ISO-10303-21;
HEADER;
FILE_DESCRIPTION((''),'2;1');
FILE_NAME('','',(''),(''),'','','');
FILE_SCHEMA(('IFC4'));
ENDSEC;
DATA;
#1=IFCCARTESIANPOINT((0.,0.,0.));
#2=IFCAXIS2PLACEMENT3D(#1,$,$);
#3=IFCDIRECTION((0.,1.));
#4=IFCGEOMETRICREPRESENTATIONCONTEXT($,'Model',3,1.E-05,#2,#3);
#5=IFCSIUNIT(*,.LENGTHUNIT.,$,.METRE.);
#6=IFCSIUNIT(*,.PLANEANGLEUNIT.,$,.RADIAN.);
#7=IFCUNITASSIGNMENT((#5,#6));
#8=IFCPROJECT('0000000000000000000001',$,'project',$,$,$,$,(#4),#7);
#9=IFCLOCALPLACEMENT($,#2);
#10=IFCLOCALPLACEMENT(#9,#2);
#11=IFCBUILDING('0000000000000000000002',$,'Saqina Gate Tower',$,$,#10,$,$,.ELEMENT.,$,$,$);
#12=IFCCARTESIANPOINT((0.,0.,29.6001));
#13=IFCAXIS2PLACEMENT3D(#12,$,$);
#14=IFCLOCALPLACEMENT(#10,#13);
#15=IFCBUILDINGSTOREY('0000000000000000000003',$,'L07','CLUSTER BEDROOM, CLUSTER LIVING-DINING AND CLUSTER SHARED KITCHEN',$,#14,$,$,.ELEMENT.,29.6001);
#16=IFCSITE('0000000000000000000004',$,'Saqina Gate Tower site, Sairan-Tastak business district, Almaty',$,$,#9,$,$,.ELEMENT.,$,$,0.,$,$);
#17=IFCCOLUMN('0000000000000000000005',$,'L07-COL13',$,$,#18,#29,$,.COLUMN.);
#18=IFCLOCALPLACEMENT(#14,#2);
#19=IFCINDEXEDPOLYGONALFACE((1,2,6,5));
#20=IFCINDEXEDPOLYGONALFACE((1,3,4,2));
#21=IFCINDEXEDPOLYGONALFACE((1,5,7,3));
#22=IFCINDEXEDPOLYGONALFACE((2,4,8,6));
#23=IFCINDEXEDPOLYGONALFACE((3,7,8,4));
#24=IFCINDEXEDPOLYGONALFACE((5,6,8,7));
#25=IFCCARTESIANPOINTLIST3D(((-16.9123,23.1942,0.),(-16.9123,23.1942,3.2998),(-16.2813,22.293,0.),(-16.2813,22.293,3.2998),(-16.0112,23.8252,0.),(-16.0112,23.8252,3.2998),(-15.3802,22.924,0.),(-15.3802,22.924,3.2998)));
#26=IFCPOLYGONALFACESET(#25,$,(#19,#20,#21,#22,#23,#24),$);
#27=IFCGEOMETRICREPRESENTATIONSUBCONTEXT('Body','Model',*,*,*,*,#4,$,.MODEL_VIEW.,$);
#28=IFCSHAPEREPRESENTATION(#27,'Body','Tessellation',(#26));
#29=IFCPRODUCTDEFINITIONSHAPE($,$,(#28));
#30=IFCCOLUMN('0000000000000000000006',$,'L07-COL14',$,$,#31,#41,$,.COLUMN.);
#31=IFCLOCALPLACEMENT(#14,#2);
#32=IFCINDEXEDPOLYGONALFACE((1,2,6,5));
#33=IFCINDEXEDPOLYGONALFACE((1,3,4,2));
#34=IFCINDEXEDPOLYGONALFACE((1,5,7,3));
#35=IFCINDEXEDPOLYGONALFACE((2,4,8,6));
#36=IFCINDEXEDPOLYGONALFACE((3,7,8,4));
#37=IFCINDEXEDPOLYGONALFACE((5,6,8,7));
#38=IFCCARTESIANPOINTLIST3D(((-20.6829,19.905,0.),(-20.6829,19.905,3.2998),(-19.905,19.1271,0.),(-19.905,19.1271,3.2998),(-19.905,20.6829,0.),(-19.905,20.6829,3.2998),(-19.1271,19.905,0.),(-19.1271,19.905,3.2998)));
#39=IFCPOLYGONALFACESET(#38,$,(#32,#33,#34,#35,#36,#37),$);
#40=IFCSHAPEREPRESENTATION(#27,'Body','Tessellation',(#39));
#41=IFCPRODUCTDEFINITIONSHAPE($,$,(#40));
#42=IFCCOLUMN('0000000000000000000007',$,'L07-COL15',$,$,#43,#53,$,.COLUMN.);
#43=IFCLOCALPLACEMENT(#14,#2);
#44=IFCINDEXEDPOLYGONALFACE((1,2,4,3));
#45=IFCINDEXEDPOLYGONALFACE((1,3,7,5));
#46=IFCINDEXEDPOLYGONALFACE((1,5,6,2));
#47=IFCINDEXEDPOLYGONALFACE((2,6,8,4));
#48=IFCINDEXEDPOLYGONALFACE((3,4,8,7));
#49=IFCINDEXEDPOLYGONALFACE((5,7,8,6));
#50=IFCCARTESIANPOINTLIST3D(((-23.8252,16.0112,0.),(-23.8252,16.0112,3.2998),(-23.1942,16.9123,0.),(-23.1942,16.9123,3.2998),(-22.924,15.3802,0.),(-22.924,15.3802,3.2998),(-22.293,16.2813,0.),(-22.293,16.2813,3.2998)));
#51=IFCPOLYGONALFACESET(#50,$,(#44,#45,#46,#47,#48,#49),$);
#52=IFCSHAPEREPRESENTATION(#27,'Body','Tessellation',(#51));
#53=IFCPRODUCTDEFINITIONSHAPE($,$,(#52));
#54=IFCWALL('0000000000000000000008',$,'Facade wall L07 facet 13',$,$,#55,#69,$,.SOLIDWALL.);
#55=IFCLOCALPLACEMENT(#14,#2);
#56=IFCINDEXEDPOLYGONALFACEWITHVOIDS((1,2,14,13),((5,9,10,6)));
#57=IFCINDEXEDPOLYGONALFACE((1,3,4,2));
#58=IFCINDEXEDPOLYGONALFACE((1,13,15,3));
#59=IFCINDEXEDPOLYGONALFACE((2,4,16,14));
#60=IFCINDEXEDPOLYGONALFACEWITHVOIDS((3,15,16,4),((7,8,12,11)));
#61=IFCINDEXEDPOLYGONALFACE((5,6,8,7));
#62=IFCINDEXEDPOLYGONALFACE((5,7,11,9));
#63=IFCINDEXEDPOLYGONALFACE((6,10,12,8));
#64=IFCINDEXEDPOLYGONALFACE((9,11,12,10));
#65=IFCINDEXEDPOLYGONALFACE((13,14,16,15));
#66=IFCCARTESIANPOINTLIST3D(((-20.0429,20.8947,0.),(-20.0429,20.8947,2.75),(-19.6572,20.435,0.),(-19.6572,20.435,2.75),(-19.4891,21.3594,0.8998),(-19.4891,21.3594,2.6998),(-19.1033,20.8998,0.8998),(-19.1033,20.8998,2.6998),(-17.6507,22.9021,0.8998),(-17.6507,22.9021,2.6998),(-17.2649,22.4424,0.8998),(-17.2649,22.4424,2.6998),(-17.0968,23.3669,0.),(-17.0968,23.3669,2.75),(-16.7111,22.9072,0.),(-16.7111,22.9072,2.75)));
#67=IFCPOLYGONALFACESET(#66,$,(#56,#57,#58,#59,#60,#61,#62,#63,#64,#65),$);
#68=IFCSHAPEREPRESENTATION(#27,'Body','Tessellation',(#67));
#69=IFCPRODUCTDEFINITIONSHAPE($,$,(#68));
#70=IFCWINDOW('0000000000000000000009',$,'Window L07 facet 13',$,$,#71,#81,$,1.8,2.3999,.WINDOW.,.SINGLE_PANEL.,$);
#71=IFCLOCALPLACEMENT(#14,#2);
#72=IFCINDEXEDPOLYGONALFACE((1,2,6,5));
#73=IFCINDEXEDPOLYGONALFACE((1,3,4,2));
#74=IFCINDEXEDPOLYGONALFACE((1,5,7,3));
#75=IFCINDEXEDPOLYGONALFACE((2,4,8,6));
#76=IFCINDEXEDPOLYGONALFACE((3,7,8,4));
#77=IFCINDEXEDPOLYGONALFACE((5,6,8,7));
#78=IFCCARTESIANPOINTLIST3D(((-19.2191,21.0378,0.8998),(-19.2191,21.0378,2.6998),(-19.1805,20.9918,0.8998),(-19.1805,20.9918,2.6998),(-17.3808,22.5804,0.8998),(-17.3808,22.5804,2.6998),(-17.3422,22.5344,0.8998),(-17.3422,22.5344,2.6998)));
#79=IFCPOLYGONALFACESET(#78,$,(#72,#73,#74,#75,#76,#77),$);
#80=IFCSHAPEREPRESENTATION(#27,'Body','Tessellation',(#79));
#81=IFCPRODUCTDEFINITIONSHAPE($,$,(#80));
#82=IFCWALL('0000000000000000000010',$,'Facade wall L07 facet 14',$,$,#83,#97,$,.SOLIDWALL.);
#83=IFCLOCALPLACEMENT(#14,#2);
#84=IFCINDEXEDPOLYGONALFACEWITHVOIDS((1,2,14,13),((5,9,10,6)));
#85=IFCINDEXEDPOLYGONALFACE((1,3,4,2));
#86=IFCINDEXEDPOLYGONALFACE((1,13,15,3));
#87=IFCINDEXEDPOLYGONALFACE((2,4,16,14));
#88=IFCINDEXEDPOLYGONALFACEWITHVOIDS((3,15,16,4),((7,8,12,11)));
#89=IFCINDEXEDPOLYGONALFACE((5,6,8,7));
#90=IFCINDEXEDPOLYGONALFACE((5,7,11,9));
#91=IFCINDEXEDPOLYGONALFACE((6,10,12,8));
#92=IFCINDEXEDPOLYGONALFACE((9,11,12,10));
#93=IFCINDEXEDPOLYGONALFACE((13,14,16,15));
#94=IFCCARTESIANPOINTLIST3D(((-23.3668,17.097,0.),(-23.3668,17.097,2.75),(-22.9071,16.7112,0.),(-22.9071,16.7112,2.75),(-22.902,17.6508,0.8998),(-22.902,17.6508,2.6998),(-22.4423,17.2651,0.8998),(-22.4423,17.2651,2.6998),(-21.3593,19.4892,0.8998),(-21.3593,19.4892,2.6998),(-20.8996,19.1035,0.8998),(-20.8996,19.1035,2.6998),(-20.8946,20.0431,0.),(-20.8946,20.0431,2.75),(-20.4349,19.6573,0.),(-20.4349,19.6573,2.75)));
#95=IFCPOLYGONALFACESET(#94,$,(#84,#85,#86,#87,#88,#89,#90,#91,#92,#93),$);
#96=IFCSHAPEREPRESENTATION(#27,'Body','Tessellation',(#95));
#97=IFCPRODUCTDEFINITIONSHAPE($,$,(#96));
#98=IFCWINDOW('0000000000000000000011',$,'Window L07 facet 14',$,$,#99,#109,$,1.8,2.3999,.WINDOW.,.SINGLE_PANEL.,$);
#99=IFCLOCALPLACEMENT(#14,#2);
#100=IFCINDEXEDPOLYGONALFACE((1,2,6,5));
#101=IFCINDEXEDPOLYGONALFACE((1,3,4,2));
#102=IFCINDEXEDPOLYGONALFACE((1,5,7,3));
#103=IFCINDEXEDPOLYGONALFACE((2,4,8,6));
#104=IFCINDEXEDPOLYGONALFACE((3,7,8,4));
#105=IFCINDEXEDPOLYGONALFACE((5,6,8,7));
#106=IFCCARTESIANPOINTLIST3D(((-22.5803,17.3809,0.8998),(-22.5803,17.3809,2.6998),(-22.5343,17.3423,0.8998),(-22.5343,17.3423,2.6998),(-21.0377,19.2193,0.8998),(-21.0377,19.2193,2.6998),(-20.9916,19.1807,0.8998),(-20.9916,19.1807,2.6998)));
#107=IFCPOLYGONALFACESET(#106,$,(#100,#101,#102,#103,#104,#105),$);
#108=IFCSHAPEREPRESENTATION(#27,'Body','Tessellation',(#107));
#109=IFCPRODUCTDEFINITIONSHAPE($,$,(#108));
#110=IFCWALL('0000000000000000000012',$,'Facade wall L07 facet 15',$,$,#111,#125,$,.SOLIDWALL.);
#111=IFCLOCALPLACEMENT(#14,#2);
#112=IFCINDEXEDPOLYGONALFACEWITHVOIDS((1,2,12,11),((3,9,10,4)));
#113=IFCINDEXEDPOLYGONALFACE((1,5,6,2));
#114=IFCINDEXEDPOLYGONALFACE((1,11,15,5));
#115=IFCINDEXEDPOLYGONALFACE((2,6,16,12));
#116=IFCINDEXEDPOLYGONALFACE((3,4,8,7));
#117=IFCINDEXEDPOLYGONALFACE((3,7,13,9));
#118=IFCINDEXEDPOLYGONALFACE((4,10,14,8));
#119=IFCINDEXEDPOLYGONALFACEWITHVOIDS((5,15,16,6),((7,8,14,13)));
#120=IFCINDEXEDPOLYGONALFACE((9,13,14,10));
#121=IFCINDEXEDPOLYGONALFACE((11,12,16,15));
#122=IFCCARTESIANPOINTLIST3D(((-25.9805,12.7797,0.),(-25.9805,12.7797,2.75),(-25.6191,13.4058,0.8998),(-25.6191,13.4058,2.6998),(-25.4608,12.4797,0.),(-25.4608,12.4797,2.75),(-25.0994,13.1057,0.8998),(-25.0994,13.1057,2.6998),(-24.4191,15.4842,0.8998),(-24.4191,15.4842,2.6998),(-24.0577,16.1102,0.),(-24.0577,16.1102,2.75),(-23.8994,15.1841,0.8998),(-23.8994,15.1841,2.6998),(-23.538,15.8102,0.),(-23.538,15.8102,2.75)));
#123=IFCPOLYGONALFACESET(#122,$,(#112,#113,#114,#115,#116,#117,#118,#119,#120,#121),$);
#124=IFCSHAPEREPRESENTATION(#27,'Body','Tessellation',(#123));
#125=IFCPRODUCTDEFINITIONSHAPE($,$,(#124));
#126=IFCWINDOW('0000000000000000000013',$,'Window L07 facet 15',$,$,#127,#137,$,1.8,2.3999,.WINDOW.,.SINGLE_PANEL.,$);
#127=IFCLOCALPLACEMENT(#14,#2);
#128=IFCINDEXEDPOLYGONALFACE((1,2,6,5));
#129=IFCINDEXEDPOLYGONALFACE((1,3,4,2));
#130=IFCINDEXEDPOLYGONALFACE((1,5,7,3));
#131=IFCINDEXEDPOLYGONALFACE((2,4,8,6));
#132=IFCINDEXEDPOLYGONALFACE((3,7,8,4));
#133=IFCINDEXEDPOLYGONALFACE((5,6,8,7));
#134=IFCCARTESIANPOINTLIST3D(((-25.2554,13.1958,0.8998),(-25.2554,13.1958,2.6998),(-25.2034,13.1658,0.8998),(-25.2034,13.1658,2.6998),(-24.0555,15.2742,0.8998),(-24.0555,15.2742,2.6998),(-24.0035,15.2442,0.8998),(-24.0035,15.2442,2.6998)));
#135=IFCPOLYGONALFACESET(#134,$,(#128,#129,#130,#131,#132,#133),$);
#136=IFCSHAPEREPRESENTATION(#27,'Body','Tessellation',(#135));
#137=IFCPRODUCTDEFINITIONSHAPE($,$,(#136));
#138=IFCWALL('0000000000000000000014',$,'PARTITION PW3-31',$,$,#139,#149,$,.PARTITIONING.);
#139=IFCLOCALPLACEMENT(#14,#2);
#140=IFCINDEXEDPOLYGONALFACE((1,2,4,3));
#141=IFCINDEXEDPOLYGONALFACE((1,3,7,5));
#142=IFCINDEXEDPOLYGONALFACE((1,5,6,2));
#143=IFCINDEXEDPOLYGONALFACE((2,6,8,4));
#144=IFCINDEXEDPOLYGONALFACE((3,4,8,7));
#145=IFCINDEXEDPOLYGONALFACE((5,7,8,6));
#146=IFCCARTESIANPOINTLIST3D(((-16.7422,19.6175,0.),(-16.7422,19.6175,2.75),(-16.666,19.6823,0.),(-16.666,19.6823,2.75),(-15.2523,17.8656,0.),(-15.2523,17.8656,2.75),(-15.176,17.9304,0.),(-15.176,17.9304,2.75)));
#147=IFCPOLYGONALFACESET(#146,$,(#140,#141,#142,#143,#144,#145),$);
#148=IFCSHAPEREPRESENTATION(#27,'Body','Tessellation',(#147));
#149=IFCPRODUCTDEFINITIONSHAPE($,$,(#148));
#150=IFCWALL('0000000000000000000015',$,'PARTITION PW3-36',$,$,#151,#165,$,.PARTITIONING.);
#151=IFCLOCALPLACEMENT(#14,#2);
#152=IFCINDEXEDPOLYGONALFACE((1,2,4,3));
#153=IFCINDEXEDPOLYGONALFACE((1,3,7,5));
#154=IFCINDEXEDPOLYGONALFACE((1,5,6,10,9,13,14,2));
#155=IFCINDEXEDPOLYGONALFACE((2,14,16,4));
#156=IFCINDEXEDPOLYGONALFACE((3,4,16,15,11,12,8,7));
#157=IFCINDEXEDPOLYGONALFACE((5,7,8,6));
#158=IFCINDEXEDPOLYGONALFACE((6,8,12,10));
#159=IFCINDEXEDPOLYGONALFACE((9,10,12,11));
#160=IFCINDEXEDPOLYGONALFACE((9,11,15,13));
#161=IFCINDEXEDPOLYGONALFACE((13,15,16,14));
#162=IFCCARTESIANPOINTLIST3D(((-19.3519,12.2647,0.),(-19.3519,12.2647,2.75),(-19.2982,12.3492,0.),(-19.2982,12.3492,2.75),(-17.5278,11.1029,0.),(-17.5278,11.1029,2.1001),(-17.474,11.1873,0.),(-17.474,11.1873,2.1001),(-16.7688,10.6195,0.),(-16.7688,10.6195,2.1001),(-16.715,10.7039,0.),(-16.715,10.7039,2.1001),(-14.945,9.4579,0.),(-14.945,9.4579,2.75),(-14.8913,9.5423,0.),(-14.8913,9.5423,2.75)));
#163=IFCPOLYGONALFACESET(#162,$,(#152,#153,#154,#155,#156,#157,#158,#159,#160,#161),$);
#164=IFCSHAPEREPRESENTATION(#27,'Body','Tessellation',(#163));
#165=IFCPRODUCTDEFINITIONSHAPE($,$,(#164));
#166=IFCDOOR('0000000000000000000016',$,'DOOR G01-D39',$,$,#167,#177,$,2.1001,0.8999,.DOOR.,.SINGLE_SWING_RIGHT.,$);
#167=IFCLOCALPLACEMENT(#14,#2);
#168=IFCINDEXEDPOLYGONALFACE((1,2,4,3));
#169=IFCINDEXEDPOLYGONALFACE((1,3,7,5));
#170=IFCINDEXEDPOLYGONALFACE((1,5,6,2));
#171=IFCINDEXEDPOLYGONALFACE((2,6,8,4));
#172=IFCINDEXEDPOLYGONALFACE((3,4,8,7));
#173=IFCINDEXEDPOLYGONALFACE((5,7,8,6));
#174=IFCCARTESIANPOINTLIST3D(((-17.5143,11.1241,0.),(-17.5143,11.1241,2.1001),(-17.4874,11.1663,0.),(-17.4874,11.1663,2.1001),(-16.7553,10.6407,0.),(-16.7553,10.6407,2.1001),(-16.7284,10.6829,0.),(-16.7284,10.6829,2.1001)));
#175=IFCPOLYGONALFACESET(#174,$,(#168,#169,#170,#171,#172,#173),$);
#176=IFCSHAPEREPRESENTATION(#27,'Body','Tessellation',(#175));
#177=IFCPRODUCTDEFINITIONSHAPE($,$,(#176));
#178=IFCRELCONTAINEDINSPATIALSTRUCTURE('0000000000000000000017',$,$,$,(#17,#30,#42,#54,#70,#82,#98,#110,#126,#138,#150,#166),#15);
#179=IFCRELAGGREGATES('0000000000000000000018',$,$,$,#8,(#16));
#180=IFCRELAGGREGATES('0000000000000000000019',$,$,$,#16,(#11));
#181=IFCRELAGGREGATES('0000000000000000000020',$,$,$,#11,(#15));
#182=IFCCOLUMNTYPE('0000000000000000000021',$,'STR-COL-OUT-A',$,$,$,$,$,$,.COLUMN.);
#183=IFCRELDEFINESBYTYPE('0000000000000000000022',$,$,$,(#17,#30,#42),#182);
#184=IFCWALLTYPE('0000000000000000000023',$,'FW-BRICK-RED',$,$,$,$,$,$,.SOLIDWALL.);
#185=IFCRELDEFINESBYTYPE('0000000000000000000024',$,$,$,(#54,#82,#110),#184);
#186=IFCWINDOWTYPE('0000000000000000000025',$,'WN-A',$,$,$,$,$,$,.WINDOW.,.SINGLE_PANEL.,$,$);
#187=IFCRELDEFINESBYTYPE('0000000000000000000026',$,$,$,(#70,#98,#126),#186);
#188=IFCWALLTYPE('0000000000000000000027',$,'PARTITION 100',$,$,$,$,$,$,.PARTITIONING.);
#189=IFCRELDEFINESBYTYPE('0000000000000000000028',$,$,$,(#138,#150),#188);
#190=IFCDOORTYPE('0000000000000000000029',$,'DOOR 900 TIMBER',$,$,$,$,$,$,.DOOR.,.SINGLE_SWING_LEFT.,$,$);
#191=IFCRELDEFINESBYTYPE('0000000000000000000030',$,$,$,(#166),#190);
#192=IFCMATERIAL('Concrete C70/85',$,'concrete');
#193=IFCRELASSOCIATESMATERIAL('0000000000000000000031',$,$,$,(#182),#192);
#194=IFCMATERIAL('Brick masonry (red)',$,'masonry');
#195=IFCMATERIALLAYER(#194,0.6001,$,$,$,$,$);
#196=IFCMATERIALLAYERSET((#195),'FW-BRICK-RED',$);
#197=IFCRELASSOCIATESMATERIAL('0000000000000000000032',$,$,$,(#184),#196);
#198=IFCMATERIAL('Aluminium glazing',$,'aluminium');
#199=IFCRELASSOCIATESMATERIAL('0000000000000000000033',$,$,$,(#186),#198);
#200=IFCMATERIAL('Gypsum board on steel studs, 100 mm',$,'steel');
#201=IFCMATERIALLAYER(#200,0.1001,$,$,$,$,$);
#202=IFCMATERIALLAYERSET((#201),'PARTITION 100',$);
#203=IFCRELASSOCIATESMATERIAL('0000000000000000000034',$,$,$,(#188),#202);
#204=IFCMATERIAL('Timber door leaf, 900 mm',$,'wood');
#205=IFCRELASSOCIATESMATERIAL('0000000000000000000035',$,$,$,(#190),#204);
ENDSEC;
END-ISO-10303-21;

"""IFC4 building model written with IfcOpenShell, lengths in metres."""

from ifc_helpers import new_model, si_unit, direction, frame, frame_2d, origin, origin_2d, place, context, subcontext, project, spatial, rectangle, extrude, material, layer, layer_set, material_profile, profile_set, type_object, element, fill, save


model = new_model("IFC4")

# Units and contexts
model_context = context("Model", 3, precision=1e-05, world=origin(), true_north=direction((0.0, 1.0)))
body_context = subcontext(model_context, "Body", "Model", "MODEL_VIEW")
ifc_project = project(units=[si_unit("LENGTHUNIT", "METRE"), si_unit("PLANEANGLEUNIT", "RADIAN")], contexts=[model_context])

# Site, building, storey
site_placement = place(None, origin())
site = spatial("IfcSite", under=ifc_project, at=site_placement, Name="Saqina Gate Tower site, Sairan-Tastak business district, Almaty", CompositionType="ELEMENT", RefElevation=0.0)
building_placement = place(site_placement, origin())
building = spatial("IfcBuilding", under=site, at=building_placement, Name="Saqina Gate Tower", CompositionType="ELEMENT")
storey_placement = place(building_placement, frame((0.0, 0.0, 29.6001)))
storey = spatial("IfcBuildingStorey", under=building, at=storey_placement, Name="L07", Description="CLUSTER BEDROOM, CLUSTER LIVING-DINING AND CLUSTER SHARED KITCHEN", CompositionType="ELEMENT", Elevation=29.6001)

# Columns
ifc_material_1 = material(Name="Concrete C70/85", Category="concrete")
ifc_material_profile = material_profile(ifc_material_1, rectangle(XDim=1.1001, YDim=1.1001, at=origin_2d()), Name="RC 1100x1100")
ifc_profile_set = profile_set([ifc_material_profile], Name="Concrete C70/85")
column_type = type_object("IfcColumnType", Name="STR-COL-OUT-A", PredefinedType="COLUMN", material=ifc_profile_set)
for number, where, z_axis, x_axis, name in (
    (1, (-16.1462, 23.0591, 0.0), (0.0, 0.0, 1.0), (-0.573576, 0.819152, 0.0), "L07-COL13"),
    (2, (-19.905, 19.905, 0.0), (0.0, 0.0, 1.0), (-0.707107, 0.707107, 0.0), "L07-COL14"),
    (3, (-23.0591, 16.1462, 0.0), (0.0, 0.0, 1.0), (-0.819152, 0.573576, 0.0), "L07-COL15"),
):
    element("IfcColumn", number, at=place(storey_placement, frame(where, z_axis=z_axis, x_axis=x_axis)), inside=storey, type_object=column_type, Name=name, PredefinedType="COLUMN", context=body_context, shape_type="SweptSolid", body=[
        extrude(rectangle(XDim=1.1001, YDim=1.1001, at=origin_2d()), origin(), (0.0, 0.0, 1.0), 3.2998),
    ])

# Walls, openings, windows
ifc_material_2 = material(Name="Brick masonry (red)", Category="masonry")
ifc_layer_1 = layer(ifc_material_2, 0.6001)
ifc_layer_set_1 = layer_set([ifc_layer_1], Name="FW-BRICK-RED")
wall_type_1 = type_object("IfcWallType", Name="FW-BRICK-RED", PredefinedType="SOLIDWALL", material=ifc_layer_set_1)
wall_1_placement = place(storey_placement, frame((-16.9041, 23.137, 0.0), z_axis=(0.0, 0.0, 1.0), x_axis=(-0.766026, -0.642809, 0.0)))
wall_1 = element("IfcWall", 4, at=wall_1_placement, inside=storey, type_object=wall_type_1, Name="Facade wall L07 facet 13", PredefinedType="SOLIDWALL", context=body_context, shape_type="SweptSolid", body=[
    extrude(rectangle(XDim=3.8459, YDim=0.6001, at=frame_2d((1.9229, 0.0))), origin(), (0.0, 0.0, 1.0), 2.75),
])
opening_1_placement = place(wall_1_placement, frame((0.7229, 0.0, 0.8999)))
opening_1 = element("IfcOpeningElement", 5, at=opening_1_placement, cuts=wall_1, PredefinedType="OPENING", context=body_context, shape_type="SweptSolid", body=[
    extrude(rectangle(XDim=2.3999, YDim=1.8, at=frame_2d((1.2, 0.8999))), frame((0.0, 0.312, 0.0), z_axis=(0.0, -1.0, 0.0), x_axis=(1.0, 0.0, 0.0)), (0.0, 0.0, 1.0), 0.624),
])
ifc_material_3 = material(Name="Aluminium glazing", Category="aluminium")
window_type = type_object("IfcWindowType", Name="WN-A", PartitioningType="SINGLE_PANEL", PredefinedType="WINDOW", material=ifc_material_3)
window_1_placement = place(opening_1_placement, origin())
window_1 = element("IfcWindow", 6, at=window_1_placement, inside=storey, type_object=window_type, Name="Window L07 facet 13", OverallHeight=1.8, OverallWidth=2.3999, PartitioningType="SINGLE_PANEL", PredefinedType="WINDOW", context=body_context, shape_type="SweptSolid", body=[
    extrude(rectangle(XDim=2.3999, YDim=1.8, at=frame_2d((1.2, 0.8999))), frame((0.0, 0.1799, 0.0), z_axis=(0.0, -1.0, 0.0), x_axis=(1.0, 0.0, 0.0)), (0.0, 0.0, 1.0), 0.0601),
])
fill(opening_1, window_1)
wall_2_placement = place(storey_placement, frame((-20.6648, 19.8501, 0.0), z_axis=(0.0, 0.0, 1.0), x_axis=(-0.642809, -0.766026, 0.0)))
wall_2 = element("IfcWall", 7, at=wall_2_placement, inside=storey, type_object=wall_type_1, Name="Facade wall L07 facet 14", PredefinedType="SOLIDWALL", context=body_context, shape_type="SweptSolid", body=[
    extrude(rectangle(XDim=3.8459, YDim=0.6001, at=frame_2d((1.9229, 0.0))), origin(), (0.0, 0.0, 1.0), 2.75),
])
opening_2_placement = place(wall_2_placement, frame((0.7229, 0.0, 0.8999)))
opening_2 = element("IfcOpeningElement", 8, at=opening_2_placement, cuts=wall_2, PredefinedType="OPENING", context=body_context, shape_type="SweptSolid", body=[
    extrude(rectangle(XDim=2.3999, YDim=1.8, at=frame_2d((1.2, 0.8999))), frame((0.0, 0.312, 0.0), z_axis=(0.0, -1.0, 0.0), x_axis=(1.0, 0.0, 0.0)), (0.0, 0.0, 1.0), 0.624),
])
window_2_placement = place(opening_2_placement, origin())
window_2 = element("IfcWindow", 9, at=window_2_placement, inside=storey, type_object=window_type, Name="Window L07 facet 14", OverallHeight=1.8, OverallWidth=2.3999, PartitioningType="SINGLE_PANEL", PredefinedType="WINDOW", context=body_context, shape_type="SweptSolid", body=[
    extrude(rectangle(XDim=2.3999, YDim=1.8, at=frame_2d((1.2, 0.8999))), frame((0.0, 0.1799, 0.0), z_axis=(0.0, -1.0, 0.0), x_axis=(1.0, 0.0, 0.0)), (0.0, 0.0, 1.0), 0.0601),
])
fill(opening_2, window_2)
wall_3_placement = place(storey_placement, frame((-23.7979, 15.9602, 0.0), z_axis=(0.0, 0.0, 1.0), x_axis=(-0.49999, -0.866031, 0.0)))
wall_3 = element("IfcWall", 10, at=wall_3_placement, inside=storey, type_object=wall_type_1, Name="Facade wall L07 facet 15", PredefinedType="SOLIDWALL", context=body_context, shape_type="SweptSolid", body=[
    extrude(rectangle(XDim=3.8457, YDim=0.6001, at=frame_2d((1.9229, 0.0))), origin(), (0.0, 0.0, 1.0), 2.75),
])
opening_3_placement = place(wall_3_placement, frame((0.7229, 0.0, 0.8999)))
opening_3 = element("IfcOpeningElement", 11, at=opening_3_placement, cuts=wall_3, PredefinedType="OPENING", context=body_context, shape_type="SweptSolid", body=[
    extrude(rectangle(XDim=2.3999, YDim=1.8, at=frame_2d((1.2, 0.8999))), frame((0.0, 0.312, 0.0), z_axis=(0.0, -1.0, 0.0), x_axis=(1.0, 0.0, 0.0)), (0.0, 0.0, 1.0), 0.624),
])
window_3_placement = place(opening_3_placement, origin())
window_3 = element("IfcWindow", 12, at=window_3_placement, inside=storey, type_object=window_type, Name="Window L07 facet 15", OverallHeight=1.8, OverallWidth=2.3999, PartitioningType="SINGLE_PANEL", PredefinedType="WINDOW", context=body_context, shape_type="SweptSolid", body=[
    extrude(rectangle(XDim=2.3999, YDim=1.8, at=frame_2d((1.2, 0.8999))), frame((0.0, 0.1799, 0.0), z_axis=(0.0, -1.0, 0.0), x_axis=(1.0, 0.0, 0.0)), (0.0, 0.0, 1.0), 0.0601),
])
fill(opening_3, window_3)

# Wall
ifc_material_4 = material(Name="Gypsum board on steel studs, 100 mm", Category="steel")
ifc_layer_2 = layer(ifc_material_4, 0.1001)
ifc_layer_set_2 = layer_set([ifc_layer_2], Name="PARTITION 100")
wall_type_2 = type_object("IfcWallType", Name="PARTITION 100", PredefinedType="PARTITIONING", material=ifc_layer_set_2)
wall_4_placement = place(storey_placement, frame((-16.7041, 19.6499, 0.0), z_axis=(0.0, 0.0, 1.0), x_axis=(0.647858, -0.761761, 0.0)))
element("IfcWall", 13, at=wall_4_placement, inside=storey, type_object=wall_type_2, Name="PARTITION PW3-31", PredefinedType="PARTITIONING", context=body_context, shape_type="SweptSolid", body=[
    extrude(rectangle(XDim=2.2998, YDim=0.1001, at=frame_2d((1.1499, 0.0))), origin(), (0.0, 0.0, 1.0), 2.75),
])

# Wall, opening, door
wall_5_placement = place(storey_placement, frame((-19.325, 12.3069, 0.0), z_axis=(0.0, 0.0, 1.0), x_axis=(0.84345, -0.537208, 0.0)))
wall_5 = element("IfcWall", 14, at=wall_5_placement, inside=storey, type_object=wall_type_2, Name="PARTITION PW3-36", PredefinedType="PARTITIONING", context=body_context, shape_type="SweptSolid", body=[
    extrude(rectangle(XDim=5.2249, YDim=0.1001, at=frame_2d((2.6123, 0.0))), origin(), (0.0, 0.0, 1.0), 2.75),
])
opening_4_placement = place(wall_5_placement, frame((2.1626, 0.0, 0.0)))
opening_4 = element("IfcOpeningElement", 15, at=opening_4_placement, cuts=wall_5, PredefinedType="OPENING", context=body_context, shape_type="SweptSolid", body=[
    extrude(rectangle(XDim=0.8999, YDim=2.1001, at=frame_2d((0.45, 1.05))), frame((0.0, 0.062, 0.0), z_axis=(0.0, -1.0, 0.0), x_axis=(1.0, 0.0, 0.0)), (0.0, 0.0, 1.0), 0.124),
])
ifc_material_5 = material(Name="Timber door leaf, 900 mm", Category="wood")
door_type_1 = type_object("IfcDoorType", Name="DOOR 900 TIMBER", OperationType="SINGLE_SWING_LEFT", PredefinedType="DOOR", material=ifc_material_5)
door_1_placement = place(opening_4_placement, frame((0.8999, 0.0, 0.0), z_axis=(0.0, 0.0, 1.0), x_axis=(-1.0, 0.0, 0.0)))
door_1 = element("IfcDoor", 16, at=door_1_placement, inside=storey, type_object=door_type_1, Name="DOOR G01-D39", OperationType="SINGLE_SWING_RIGHT", OverallHeight=2.1001, OverallWidth=0.8999, PredefinedType="DOOR", context=body_context, shape_type="SweptSolid", body=[
    extrude(rectangle(XDim=0.8999, YDim=2.1001, at=frame_2d((0.45, 1.05))), frame((0.0, 0.0249, 0.0), z_axis=(0.0, -1.0, 0.0), x_axis=(1.0, 0.0, 0.0)), (0.0, 0.0, 1.0), 0.05),
])
fill(opening_4, door_1)

save(model, "model.ifc")
